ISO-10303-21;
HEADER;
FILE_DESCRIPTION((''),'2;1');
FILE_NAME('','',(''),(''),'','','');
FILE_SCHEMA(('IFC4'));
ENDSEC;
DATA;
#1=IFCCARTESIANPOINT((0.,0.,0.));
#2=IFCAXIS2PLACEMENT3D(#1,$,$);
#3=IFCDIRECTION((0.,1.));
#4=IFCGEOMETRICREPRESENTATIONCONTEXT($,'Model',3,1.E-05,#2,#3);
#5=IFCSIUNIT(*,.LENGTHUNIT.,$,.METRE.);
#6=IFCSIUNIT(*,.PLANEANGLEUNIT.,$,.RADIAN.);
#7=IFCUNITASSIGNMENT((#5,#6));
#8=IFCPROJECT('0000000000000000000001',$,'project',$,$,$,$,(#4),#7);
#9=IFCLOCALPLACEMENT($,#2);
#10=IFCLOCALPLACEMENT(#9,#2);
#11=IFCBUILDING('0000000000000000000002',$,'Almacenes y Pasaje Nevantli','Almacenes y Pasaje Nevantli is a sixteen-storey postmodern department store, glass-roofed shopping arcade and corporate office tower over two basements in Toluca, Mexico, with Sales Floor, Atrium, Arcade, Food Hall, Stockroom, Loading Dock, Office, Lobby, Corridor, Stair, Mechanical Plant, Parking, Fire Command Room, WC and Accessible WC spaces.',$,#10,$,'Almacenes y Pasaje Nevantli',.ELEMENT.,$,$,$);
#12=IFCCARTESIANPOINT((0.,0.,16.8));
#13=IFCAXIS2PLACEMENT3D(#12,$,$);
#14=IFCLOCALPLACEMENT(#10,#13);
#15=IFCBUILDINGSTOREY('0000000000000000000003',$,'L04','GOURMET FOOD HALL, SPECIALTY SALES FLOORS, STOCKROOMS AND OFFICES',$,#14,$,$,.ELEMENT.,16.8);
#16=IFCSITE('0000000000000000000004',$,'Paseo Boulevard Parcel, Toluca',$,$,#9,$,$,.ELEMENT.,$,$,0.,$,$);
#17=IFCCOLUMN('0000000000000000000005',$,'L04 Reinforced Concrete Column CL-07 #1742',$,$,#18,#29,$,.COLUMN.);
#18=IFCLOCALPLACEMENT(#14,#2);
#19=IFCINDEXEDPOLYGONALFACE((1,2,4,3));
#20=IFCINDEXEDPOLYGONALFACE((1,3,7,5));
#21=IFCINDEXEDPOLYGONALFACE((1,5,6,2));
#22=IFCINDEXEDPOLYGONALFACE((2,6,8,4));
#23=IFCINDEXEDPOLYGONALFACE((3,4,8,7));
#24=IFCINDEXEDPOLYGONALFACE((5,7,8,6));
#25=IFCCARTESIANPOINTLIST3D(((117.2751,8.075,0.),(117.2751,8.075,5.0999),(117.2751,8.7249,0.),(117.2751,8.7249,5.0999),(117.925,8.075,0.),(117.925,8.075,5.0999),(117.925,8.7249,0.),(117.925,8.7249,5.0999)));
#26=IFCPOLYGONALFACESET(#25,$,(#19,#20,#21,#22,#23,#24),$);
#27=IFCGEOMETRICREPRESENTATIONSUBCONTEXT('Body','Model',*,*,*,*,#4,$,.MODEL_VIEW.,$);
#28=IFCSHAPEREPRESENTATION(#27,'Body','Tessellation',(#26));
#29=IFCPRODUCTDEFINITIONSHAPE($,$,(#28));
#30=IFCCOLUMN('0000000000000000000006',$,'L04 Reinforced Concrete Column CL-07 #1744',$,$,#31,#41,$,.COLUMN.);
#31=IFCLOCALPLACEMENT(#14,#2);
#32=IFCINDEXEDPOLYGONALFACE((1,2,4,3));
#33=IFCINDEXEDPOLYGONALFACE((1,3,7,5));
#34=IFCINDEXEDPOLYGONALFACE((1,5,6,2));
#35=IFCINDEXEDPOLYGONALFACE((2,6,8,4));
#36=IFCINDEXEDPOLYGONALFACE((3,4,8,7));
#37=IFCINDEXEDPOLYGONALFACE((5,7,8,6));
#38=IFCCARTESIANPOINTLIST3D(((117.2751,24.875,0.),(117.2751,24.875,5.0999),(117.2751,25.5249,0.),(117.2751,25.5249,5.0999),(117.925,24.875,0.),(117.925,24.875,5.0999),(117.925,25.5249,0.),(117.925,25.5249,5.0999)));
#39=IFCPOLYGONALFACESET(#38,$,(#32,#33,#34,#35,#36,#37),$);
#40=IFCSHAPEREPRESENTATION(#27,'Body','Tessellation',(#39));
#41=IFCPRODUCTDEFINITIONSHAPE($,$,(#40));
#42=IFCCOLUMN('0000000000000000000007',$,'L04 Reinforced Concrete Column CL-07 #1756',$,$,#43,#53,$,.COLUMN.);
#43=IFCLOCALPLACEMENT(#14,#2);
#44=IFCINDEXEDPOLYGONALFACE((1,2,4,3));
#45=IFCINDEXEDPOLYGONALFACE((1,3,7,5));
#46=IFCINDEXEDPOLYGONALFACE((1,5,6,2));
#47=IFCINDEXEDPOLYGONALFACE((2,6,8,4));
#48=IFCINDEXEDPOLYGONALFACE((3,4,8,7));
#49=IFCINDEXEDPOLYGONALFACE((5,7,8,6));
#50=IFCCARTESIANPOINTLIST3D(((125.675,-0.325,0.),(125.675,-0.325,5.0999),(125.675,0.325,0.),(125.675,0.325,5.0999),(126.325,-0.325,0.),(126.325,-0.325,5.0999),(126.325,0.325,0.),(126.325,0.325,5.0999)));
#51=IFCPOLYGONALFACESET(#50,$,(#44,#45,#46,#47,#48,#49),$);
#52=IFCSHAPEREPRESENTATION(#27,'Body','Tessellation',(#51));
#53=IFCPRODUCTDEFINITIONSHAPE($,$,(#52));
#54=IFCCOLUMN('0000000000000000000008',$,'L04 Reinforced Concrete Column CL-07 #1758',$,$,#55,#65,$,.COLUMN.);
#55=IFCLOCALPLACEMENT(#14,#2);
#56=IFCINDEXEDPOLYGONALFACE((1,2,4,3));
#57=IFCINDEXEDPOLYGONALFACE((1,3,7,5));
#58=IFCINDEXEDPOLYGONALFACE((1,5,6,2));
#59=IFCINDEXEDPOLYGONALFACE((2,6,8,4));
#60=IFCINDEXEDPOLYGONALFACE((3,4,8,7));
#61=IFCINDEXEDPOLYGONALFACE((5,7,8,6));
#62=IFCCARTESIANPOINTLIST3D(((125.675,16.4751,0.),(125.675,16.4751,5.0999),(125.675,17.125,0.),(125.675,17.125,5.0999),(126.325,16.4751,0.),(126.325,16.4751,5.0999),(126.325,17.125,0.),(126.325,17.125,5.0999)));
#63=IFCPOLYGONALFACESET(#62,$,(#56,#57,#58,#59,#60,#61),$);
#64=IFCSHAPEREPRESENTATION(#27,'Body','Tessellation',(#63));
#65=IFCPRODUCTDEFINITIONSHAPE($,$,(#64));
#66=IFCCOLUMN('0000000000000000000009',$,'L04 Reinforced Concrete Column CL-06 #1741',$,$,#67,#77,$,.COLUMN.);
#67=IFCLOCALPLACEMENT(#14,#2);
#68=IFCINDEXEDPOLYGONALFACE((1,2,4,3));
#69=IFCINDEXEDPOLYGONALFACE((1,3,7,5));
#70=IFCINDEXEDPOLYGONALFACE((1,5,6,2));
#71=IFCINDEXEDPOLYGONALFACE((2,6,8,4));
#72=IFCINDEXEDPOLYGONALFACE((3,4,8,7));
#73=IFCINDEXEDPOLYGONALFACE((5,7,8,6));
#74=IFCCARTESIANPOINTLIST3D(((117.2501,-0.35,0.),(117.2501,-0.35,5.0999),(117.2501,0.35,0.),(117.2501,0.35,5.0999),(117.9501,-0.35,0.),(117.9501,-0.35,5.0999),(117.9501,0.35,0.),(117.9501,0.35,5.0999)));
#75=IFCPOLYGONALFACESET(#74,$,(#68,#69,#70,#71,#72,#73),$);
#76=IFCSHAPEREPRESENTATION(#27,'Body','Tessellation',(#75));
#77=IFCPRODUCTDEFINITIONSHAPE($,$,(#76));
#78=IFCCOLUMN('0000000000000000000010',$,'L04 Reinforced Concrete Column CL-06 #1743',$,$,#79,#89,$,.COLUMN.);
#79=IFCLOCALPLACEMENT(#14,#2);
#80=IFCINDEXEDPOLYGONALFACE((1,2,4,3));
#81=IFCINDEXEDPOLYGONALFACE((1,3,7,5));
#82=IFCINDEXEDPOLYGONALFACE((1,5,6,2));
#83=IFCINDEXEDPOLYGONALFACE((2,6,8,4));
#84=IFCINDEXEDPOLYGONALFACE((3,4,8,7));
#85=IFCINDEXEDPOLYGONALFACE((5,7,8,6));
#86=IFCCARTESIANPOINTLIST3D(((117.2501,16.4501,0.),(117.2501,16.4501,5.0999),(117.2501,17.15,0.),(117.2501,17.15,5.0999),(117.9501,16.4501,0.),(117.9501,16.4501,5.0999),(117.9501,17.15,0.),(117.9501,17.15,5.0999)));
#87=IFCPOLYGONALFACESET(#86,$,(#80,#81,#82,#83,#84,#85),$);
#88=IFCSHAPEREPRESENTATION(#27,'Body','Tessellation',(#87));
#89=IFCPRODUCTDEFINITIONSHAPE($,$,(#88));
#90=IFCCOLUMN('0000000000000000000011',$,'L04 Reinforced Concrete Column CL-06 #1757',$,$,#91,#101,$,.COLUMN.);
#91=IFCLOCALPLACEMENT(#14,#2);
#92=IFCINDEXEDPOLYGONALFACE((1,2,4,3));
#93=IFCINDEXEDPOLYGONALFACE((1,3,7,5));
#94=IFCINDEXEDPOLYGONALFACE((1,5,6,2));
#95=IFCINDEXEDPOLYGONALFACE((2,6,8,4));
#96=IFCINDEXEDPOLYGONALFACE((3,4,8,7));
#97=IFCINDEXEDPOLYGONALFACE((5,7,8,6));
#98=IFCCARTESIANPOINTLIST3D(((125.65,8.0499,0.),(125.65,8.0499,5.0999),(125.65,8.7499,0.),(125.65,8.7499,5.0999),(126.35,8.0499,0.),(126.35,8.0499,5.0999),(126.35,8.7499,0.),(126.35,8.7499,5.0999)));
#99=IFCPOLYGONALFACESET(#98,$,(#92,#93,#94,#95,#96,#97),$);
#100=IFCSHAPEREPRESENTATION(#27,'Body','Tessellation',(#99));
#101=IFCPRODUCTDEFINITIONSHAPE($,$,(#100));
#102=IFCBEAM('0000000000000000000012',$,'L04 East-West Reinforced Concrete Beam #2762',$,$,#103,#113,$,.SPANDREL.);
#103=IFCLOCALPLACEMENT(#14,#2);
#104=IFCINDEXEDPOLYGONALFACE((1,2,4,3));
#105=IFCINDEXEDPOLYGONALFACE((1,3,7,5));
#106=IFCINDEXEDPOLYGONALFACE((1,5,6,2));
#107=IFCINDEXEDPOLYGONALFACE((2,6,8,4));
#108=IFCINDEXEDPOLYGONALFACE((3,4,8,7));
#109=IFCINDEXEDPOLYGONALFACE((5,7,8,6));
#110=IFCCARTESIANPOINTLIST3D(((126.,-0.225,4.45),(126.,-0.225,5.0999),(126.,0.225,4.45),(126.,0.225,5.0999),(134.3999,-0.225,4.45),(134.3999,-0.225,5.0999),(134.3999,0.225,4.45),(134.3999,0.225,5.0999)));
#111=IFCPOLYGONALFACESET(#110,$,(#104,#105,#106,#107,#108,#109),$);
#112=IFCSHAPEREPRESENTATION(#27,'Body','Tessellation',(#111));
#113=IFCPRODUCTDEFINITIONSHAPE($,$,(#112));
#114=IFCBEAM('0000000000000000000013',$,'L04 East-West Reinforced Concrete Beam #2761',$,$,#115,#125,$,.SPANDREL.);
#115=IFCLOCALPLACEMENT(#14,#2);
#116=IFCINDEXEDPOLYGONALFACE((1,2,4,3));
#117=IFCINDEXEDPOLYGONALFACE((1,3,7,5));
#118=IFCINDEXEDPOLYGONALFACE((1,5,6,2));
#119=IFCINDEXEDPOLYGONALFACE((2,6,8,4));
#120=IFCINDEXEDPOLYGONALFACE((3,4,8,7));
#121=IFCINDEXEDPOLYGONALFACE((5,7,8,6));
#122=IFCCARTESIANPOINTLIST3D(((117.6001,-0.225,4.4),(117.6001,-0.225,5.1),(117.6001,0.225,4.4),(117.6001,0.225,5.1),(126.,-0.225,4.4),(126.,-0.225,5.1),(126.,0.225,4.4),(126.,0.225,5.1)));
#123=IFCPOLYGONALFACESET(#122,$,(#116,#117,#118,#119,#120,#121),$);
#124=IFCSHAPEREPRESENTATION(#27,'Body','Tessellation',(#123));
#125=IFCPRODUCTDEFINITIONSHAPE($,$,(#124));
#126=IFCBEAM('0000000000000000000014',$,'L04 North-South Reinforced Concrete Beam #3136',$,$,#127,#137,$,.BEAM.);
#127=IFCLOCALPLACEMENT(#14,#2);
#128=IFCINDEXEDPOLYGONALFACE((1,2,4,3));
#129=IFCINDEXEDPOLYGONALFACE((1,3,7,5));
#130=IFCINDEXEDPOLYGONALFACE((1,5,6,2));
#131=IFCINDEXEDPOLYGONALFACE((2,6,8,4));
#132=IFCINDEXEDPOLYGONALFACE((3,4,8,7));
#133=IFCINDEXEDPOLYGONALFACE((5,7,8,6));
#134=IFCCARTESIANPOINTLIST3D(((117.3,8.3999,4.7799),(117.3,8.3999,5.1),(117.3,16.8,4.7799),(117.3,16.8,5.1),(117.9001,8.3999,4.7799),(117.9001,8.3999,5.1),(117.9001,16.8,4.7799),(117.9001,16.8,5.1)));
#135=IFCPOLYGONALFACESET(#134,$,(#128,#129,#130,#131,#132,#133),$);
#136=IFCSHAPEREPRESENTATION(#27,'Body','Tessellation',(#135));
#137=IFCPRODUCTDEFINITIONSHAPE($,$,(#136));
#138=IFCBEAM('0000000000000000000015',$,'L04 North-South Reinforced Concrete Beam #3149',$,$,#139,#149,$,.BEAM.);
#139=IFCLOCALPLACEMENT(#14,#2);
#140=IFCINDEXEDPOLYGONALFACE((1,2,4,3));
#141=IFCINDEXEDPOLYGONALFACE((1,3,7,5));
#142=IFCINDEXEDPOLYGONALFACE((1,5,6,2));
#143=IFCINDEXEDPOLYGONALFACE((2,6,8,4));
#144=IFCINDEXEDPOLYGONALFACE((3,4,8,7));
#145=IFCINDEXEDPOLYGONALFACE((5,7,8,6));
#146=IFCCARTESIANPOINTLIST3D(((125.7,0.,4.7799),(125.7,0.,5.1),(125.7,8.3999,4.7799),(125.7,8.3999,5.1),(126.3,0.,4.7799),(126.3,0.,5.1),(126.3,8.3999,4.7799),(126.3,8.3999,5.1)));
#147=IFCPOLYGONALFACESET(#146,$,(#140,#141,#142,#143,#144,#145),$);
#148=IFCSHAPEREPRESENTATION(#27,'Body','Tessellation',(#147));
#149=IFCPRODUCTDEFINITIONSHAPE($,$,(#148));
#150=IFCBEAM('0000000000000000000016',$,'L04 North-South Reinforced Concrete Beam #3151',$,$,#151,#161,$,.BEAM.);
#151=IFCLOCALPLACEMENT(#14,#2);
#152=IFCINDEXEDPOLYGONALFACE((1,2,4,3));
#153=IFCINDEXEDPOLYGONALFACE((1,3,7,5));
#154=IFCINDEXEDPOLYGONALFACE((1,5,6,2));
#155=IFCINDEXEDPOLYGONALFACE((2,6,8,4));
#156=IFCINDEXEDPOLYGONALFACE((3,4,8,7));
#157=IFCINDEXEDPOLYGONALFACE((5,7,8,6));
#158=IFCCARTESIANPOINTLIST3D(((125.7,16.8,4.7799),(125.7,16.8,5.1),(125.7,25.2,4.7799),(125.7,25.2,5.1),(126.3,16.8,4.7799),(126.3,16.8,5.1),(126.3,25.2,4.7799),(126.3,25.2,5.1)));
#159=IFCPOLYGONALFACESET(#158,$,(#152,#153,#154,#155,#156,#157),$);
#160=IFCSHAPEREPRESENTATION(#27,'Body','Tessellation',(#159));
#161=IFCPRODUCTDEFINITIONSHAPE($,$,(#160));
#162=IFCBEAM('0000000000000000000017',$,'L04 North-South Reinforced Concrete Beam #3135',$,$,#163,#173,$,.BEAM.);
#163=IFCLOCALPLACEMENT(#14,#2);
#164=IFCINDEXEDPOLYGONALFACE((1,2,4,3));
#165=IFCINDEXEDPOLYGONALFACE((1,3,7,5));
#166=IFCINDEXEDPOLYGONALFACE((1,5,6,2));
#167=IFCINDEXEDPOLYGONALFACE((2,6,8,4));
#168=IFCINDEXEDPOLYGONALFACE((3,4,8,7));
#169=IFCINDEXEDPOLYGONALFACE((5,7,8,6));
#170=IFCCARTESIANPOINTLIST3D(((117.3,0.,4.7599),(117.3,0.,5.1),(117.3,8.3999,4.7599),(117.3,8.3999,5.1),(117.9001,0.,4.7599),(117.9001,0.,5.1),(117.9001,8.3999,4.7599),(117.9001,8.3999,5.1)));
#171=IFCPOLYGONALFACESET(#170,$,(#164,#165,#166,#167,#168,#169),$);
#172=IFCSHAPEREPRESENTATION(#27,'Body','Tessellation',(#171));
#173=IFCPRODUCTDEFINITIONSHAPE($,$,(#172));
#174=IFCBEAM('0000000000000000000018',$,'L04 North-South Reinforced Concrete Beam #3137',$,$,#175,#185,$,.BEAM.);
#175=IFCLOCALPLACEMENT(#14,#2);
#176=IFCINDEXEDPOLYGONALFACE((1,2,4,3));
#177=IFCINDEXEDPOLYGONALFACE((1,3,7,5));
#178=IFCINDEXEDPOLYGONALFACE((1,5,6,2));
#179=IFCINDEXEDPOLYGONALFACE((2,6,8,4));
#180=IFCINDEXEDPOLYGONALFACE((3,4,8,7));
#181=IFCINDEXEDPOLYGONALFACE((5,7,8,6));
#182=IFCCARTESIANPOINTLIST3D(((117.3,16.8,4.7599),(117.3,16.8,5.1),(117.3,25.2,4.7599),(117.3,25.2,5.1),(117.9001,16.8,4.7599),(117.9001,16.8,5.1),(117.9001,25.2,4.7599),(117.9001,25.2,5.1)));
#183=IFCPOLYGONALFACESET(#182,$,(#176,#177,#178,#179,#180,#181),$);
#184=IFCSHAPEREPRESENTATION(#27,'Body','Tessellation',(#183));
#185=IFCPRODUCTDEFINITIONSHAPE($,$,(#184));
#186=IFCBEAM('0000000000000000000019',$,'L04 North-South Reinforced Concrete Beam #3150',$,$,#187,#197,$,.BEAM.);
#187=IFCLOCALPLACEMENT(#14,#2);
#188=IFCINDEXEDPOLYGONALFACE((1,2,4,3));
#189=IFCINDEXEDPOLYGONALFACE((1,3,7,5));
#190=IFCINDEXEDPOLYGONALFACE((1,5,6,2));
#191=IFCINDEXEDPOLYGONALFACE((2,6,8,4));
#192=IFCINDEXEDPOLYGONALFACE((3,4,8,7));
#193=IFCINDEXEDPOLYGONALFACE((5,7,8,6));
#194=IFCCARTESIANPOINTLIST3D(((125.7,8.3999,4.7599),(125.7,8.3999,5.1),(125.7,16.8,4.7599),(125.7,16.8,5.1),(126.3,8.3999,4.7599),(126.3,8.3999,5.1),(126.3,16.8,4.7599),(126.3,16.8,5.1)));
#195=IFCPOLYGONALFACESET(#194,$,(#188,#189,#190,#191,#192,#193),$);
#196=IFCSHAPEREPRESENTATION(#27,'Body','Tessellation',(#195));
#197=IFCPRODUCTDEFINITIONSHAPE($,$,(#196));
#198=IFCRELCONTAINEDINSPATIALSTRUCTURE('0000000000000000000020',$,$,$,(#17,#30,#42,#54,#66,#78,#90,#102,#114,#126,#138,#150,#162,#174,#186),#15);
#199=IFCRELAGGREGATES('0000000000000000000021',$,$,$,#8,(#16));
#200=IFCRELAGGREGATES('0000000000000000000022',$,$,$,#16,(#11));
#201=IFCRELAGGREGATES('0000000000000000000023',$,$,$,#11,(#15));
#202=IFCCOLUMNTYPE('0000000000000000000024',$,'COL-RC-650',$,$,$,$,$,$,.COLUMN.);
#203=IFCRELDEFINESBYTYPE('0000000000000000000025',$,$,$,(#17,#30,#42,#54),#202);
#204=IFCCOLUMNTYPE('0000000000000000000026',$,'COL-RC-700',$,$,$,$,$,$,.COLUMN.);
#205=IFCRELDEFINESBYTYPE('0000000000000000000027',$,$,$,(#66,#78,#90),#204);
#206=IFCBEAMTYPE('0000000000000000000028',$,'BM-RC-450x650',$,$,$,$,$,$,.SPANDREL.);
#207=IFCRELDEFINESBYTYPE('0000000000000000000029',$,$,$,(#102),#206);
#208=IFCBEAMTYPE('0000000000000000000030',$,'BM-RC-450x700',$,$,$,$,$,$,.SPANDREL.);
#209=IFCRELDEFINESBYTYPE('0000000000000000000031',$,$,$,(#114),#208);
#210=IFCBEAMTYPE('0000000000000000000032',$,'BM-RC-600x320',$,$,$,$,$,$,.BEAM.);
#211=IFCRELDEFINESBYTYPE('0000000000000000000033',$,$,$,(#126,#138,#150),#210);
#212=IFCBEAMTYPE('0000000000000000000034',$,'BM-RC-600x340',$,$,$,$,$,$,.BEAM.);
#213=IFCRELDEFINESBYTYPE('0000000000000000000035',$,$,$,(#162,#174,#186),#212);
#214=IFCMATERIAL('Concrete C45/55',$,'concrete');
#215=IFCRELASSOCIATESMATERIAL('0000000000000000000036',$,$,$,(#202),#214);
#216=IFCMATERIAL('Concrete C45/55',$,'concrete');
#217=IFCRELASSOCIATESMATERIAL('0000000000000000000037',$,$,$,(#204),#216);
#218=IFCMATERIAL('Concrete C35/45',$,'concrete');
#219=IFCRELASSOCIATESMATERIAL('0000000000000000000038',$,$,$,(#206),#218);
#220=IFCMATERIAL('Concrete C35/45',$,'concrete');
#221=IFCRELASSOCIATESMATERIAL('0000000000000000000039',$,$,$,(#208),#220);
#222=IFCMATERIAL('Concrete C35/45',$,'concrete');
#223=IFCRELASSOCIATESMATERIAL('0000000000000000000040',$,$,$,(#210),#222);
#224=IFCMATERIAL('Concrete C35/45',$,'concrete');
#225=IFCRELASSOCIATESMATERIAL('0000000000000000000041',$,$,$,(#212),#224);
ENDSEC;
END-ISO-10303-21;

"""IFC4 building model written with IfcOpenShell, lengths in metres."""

from ifc_helpers import new_model, si_unit, direction, frame, origin, origin_2d, place, context, subcontext, project, spatial, rectangle, extrude, material, material_profile, profile_set, type_object, element, save


model = new_model("IFC4")

# Units and contexts
model_context = context("Model", 3, precision=1e-05, world=origin(), true_north=direction((0.0, 1.0)))
body_context = subcontext(model_context, "Body", "Model", "MODEL_VIEW")
ifc_project = project(units=[si_unit("LENGTHUNIT", "METRE"), si_unit("PLANEANGLEUNIT", "RADIAN")], contexts=[model_context])

# Site, building, storey
site_placement = place(None, origin())
site = spatial("IfcSite", under=ifc_project, at=site_placement, Name="Paseo Boulevard Parcel, Toluca", CompositionType="ELEMENT", RefElevation=0.0)
building_placement = place(site_placement, origin())
building = spatial("IfcBuilding", under=site, at=building_placement, Name="Almacenes y Pasaje Nevantli", Description="Almacenes y Pasaje Nevantli is a sixteen-storey postmodern department store, glass-roofed shopping arcade and corporate office tower over two basements in Toluca, Mexico, with Sales Floor, Atrium, Arcade, Food Hall, Stockroom, Loading Dock, Office, Lobby, Corridor, Stair, Mechanical Plant, Parking, Fire Command Room, WC and Accessible WC spaces.", LongName="Almacenes y Pasaje Nevantli", CompositionType="ELEMENT")
storey_placement = place(building_placement, frame((0.0, 0.0, 16.8)))
storey = spatial("IfcBuildingStorey", under=building, at=storey_placement, Name="L04", Description="GOURMET FOOD HALL, SPECIALTY SALES FLOORS, STOCKROOMS AND OFFICES", CompositionType="ELEMENT", Elevation=16.8)

# Columns
ifc_material_1 = material(Name="Concrete C45/55", Category="concrete")
ifc_material_profile_1 = material_profile(ifc_material_1, rectangle(XDim=0.6499, YDim=0.6499, at=origin_2d()), Name="RC-COL-650x650")
ifc_profile_set_1 = profile_set([ifc_material_profile_1], Name="Concrete C45/55")
column_type_1 = type_object("IfcColumnType", Name="COL-RC-650", PredefinedType="COLUMN", material=ifc_profile_set_1)
for number, where, z_axis, x_axis, name in (
    (1, (117.6001, 8.3999, 0.0), (0.0, 0.0, 1.0), (1.0, 0.0, 0.0), "L04 Reinforced Concrete Column CL-07 #1742"),
    (2, (117.6001, 25.2, 0.0), (0.0, 0.0, 1.0), (1.0, 0.0, 0.0), "L04 Reinforced Concrete Column CL-07 #1744"),
    (3, (126.0, 0.0, 0.0), (0.0, 0.0, 1.0), (1.0, 0.0, 0.0), "L04 Reinforced Concrete Column CL-07 #1756"),
    (4, (126.0, 16.8, 0.0), (0.0, 0.0, 1.0), (1.0, 0.0, 0.0), "L04 Reinforced Concrete Column CL-07 #1758"),
):
    element("IfcColumn", number, at=place(storey_placement, frame(where, z_axis=z_axis, x_axis=x_axis)), inside=storey, type_object=column_type_1, Name=name, PredefinedType="COLUMN", context=body_context, shape_type="SweptSolid", body=[
        extrude(rectangle(XDim=0.6499, YDim=0.6499, at=origin_2d()), origin(), (0.0, 0.0, 1.0), 5.0999),
    ])
ifc_material_2 = material(Name="Concrete C45/55", Category="concrete")
ifc_material_profile_2 = material_profile(ifc_material_2, rectangle(XDim=0.7, YDim=0.7, at=origin_2d()), Name="RC-COL-700x700")
ifc_profile_set_2 = profile_set([ifc_material_profile_2], Name="Concrete C45/55")
column_type_2 = type_object("IfcColumnType", Name="COL-RC-700", PredefinedType="COLUMN", material=ifc_profile_set_2)
for number, where, z_axis, x_axis, name in (
    (5, (117.6001, 0.0, 0.0), (0.0, 0.0, 1.0), (1.0, 0.0, 0.0), "L04 Reinforced Concrete Column CL-06 #1741"),
    (6, (117.6001, 16.8, 0.0), (0.0, 0.0, 1.0), (1.0, 0.0, 0.0), "L04 Reinforced Concrete Column CL-06 #1743"),
    (7, (126.0, 8.3999, 0.0), (0.0, 0.0, 1.0), (1.0, 0.0, 0.0), "L04 Reinforced Concrete Column CL-06 #1757"),
):
    element("IfcColumn", number, at=place(storey_placement, frame(where, z_axis=z_axis, x_axis=x_axis)), inside=storey, type_object=column_type_2, Name=name, PredefinedType="COLUMN", context=body_context, shape_type="SweptSolid", body=[
        extrude(rectangle(XDim=0.7, YDim=0.7, at=origin_2d()), origin(), (0.0, 0.0, 1.0), 5.0999),
    ])

# Beams
ifc_material_3 = material(Name="Concrete C35/45", Category="concrete")
ifc_material_profile_3 = material_profile(ifc_material_3, rectangle(XDim=0.45, YDim=0.6499, at=origin_2d()), Name="RC-BM-450x650")
ifc_profile_set_3 = profile_set([ifc_material_profile_3], Name="Concrete C35/45")
beam_type_1 = type_object("IfcBeamType", Name="BM-RC-450x650", PredefinedType="SPANDREL", material=ifc_profile_set_3)
beam_1_placement = place(storey_placement, frame((126.0, 0.0, 4.7749), z_axis=(1.0, 0.0, 0.0), x_axis=(0.0, 1.0, 0.0)))
element("IfcBeam", 8, at=beam_1_placement, inside=storey, type_object=beam_type_1, Name="L04 East-West Reinforced Concrete Beam #2762", PredefinedType="SPANDREL", context=body_context, shape_type="SweptSolid", body=[
    extrude(rectangle(XDim=0.45, YDim=0.6499, at=origin_2d()), origin(), (0.0, 0.0, 1.0), 8.3999),
])
ifc_material_4 = material(Name="Concrete C35/45", Category="concrete")
ifc_material_profile_4 = material_profile(ifc_material_4, rectangle(XDim=0.45, YDim=0.7, at=origin_2d()), Name="RC-BM-450x700")
ifc_profile_set_4 = profile_set([ifc_material_profile_4], Name="Concrete C35/45")
beam_type_2 = type_object("IfcBeamType", Name="BM-RC-450x700", PredefinedType="SPANDREL", material=ifc_profile_set_4)
beam_2_placement = place(storey_placement, frame((117.6001, 0.0, 4.75), z_axis=(1.0, 0.0, 0.0), x_axis=(0.0, 1.0, 0.0)))
element("IfcBeam", 9, at=beam_2_placement, inside=storey, type_object=beam_type_2, Name="L04 East-West Reinforced Concrete Beam #2761", PredefinedType="SPANDREL", context=body_context, shape_type="SweptSolid", body=[
    extrude(rectangle(XDim=0.45, YDim=0.7, at=origin_2d()), origin(), (0.0, 0.0, 1.0), 8.3999),
])
ifc_material_5 = material(Name="Concrete C35/45", Category="concrete")
ifc_material_profile_5 = material_profile(ifc_material_5, rectangle(XDim=0.6001, YDim=0.3201, at=origin_2d()), Name="RC-BM-600x320")
ifc_profile_set_5 = profile_set([ifc_material_profile_5], Name="Concrete C35/45")
beam_type_3 = type_object("IfcBeamType", Name="BM-RC-600x320", PredefinedType="BEAM", material=ifc_profile_set_5)
beam_3_placement = place(storey_placement, frame((117.6001, 8.3999, 4.9399), z_axis=(0.0, 1.0, 0.0), x_axis=(-1.0, 0.0, 0.0)))
element("IfcBeam", 10, at=beam_3_placement, inside=storey, type_object=beam_type_3, Name="L04 North-South Reinforced Concrete Beam #3136", PredefinedType="BEAM", context=body_context, shape_type="SweptSolid", body=[
    extrude(rectangle(XDim=0.6001, YDim=0.3201, at=origin_2d()), origin(), (0.0, 0.0, 1.0), 8.4001),
])
for number, where, z_axis, x_axis, name in (
    (11, (126.0, 0.0, 4.9399), (0.0, 1.0, 0.0), (-1.0, 0.0, 0.0), "L04 North-South Reinforced Concrete Beam #3149"),
    (12, (126.0, 16.8, 4.9399), (0.0, 1.0, 0.0), (-1.0, 0.0, 0.0), "L04 North-South Reinforced Concrete Beam #3151"),
):
    element("IfcBeam", number, at=place(storey_placement, frame(where, z_axis=z_axis, x_axis=x_axis)), inside=storey, type_object=beam_type_3, Name=name, PredefinedType="BEAM", context=body_context, shape_type="SweptSolid", body=[
        extrude(rectangle(XDim=0.6001, YDim=0.3201, at=origin_2d()), origin(), (0.0, 0.0, 1.0), 8.3999),
    ])
ifc_material_6 = material(Name="Concrete C35/45", Category="concrete")
ifc_material_profile_6 = material_profile(ifc_material_6, rectangle(XDim=0.6001, YDim=0.3401, at=origin_2d()), Name="RC-BM-600x340")
ifc_profile_set_6 = profile_set([ifc_material_profile_6], Name="Concrete C35/45")
beam_type_4 = type_object("IfcBeamType", Name="BM-RC-600x340", PredefinedType="BEAM", material=ifc_profile_set_6)
for number, where, z_axis, x_axis, name in (
    (13, (117.6001, 0.0, 4.9299), (0.0, 1.0, 0.0), (-1.0, 0.0, 0.0), "L04 North-South Reinforced Concrete Beam #3135"),
    (14, (117.6001, 16.8, 4.9299), (0.0, 1.0, 0.0), (-1.0, 0.0, 0.0), "L04 North-South Reinforced Concrete Beam #3137"),
):
    element("IfcBeam", number, at=place(storey_placement, frame(where, z_axis=z_axis, x_axis=x_axis)), inside=storey, type_object=beam_type_4, Name=name, PredefinedType="BEAM", context=body_context, shape_type="SweptSolid", body=[
        extrude(rectangle(XDim=0.6001, YDim=0.3401, at=origin_2d()), origin(), (0.0, 0.0, 1.0), 8.3999),
    ])
beam_4_placement = place(storey_placement, frame((126.0, 8.3999, 4.9299), z_axis=(0.0, 1.0, 0.0), x_axis=(-1.0, 0.0, 0.0)))
element("IfcBeam", 15, at=beam_4_placement, inside=storey, type_object=beam_type_4, Name="L04 North-South Reinforced Concrete Beam #3150", PredefinedType="BEAM", context=body_context, shape_type="SweptSolid", body=[
    extrude(rectangle(XDim=0.6001, YDim=0.3401, at=origin_2d()), origin(), (0.0, 0.0, 1.0), 8.4001),
])

save(model, "model.ifc")
